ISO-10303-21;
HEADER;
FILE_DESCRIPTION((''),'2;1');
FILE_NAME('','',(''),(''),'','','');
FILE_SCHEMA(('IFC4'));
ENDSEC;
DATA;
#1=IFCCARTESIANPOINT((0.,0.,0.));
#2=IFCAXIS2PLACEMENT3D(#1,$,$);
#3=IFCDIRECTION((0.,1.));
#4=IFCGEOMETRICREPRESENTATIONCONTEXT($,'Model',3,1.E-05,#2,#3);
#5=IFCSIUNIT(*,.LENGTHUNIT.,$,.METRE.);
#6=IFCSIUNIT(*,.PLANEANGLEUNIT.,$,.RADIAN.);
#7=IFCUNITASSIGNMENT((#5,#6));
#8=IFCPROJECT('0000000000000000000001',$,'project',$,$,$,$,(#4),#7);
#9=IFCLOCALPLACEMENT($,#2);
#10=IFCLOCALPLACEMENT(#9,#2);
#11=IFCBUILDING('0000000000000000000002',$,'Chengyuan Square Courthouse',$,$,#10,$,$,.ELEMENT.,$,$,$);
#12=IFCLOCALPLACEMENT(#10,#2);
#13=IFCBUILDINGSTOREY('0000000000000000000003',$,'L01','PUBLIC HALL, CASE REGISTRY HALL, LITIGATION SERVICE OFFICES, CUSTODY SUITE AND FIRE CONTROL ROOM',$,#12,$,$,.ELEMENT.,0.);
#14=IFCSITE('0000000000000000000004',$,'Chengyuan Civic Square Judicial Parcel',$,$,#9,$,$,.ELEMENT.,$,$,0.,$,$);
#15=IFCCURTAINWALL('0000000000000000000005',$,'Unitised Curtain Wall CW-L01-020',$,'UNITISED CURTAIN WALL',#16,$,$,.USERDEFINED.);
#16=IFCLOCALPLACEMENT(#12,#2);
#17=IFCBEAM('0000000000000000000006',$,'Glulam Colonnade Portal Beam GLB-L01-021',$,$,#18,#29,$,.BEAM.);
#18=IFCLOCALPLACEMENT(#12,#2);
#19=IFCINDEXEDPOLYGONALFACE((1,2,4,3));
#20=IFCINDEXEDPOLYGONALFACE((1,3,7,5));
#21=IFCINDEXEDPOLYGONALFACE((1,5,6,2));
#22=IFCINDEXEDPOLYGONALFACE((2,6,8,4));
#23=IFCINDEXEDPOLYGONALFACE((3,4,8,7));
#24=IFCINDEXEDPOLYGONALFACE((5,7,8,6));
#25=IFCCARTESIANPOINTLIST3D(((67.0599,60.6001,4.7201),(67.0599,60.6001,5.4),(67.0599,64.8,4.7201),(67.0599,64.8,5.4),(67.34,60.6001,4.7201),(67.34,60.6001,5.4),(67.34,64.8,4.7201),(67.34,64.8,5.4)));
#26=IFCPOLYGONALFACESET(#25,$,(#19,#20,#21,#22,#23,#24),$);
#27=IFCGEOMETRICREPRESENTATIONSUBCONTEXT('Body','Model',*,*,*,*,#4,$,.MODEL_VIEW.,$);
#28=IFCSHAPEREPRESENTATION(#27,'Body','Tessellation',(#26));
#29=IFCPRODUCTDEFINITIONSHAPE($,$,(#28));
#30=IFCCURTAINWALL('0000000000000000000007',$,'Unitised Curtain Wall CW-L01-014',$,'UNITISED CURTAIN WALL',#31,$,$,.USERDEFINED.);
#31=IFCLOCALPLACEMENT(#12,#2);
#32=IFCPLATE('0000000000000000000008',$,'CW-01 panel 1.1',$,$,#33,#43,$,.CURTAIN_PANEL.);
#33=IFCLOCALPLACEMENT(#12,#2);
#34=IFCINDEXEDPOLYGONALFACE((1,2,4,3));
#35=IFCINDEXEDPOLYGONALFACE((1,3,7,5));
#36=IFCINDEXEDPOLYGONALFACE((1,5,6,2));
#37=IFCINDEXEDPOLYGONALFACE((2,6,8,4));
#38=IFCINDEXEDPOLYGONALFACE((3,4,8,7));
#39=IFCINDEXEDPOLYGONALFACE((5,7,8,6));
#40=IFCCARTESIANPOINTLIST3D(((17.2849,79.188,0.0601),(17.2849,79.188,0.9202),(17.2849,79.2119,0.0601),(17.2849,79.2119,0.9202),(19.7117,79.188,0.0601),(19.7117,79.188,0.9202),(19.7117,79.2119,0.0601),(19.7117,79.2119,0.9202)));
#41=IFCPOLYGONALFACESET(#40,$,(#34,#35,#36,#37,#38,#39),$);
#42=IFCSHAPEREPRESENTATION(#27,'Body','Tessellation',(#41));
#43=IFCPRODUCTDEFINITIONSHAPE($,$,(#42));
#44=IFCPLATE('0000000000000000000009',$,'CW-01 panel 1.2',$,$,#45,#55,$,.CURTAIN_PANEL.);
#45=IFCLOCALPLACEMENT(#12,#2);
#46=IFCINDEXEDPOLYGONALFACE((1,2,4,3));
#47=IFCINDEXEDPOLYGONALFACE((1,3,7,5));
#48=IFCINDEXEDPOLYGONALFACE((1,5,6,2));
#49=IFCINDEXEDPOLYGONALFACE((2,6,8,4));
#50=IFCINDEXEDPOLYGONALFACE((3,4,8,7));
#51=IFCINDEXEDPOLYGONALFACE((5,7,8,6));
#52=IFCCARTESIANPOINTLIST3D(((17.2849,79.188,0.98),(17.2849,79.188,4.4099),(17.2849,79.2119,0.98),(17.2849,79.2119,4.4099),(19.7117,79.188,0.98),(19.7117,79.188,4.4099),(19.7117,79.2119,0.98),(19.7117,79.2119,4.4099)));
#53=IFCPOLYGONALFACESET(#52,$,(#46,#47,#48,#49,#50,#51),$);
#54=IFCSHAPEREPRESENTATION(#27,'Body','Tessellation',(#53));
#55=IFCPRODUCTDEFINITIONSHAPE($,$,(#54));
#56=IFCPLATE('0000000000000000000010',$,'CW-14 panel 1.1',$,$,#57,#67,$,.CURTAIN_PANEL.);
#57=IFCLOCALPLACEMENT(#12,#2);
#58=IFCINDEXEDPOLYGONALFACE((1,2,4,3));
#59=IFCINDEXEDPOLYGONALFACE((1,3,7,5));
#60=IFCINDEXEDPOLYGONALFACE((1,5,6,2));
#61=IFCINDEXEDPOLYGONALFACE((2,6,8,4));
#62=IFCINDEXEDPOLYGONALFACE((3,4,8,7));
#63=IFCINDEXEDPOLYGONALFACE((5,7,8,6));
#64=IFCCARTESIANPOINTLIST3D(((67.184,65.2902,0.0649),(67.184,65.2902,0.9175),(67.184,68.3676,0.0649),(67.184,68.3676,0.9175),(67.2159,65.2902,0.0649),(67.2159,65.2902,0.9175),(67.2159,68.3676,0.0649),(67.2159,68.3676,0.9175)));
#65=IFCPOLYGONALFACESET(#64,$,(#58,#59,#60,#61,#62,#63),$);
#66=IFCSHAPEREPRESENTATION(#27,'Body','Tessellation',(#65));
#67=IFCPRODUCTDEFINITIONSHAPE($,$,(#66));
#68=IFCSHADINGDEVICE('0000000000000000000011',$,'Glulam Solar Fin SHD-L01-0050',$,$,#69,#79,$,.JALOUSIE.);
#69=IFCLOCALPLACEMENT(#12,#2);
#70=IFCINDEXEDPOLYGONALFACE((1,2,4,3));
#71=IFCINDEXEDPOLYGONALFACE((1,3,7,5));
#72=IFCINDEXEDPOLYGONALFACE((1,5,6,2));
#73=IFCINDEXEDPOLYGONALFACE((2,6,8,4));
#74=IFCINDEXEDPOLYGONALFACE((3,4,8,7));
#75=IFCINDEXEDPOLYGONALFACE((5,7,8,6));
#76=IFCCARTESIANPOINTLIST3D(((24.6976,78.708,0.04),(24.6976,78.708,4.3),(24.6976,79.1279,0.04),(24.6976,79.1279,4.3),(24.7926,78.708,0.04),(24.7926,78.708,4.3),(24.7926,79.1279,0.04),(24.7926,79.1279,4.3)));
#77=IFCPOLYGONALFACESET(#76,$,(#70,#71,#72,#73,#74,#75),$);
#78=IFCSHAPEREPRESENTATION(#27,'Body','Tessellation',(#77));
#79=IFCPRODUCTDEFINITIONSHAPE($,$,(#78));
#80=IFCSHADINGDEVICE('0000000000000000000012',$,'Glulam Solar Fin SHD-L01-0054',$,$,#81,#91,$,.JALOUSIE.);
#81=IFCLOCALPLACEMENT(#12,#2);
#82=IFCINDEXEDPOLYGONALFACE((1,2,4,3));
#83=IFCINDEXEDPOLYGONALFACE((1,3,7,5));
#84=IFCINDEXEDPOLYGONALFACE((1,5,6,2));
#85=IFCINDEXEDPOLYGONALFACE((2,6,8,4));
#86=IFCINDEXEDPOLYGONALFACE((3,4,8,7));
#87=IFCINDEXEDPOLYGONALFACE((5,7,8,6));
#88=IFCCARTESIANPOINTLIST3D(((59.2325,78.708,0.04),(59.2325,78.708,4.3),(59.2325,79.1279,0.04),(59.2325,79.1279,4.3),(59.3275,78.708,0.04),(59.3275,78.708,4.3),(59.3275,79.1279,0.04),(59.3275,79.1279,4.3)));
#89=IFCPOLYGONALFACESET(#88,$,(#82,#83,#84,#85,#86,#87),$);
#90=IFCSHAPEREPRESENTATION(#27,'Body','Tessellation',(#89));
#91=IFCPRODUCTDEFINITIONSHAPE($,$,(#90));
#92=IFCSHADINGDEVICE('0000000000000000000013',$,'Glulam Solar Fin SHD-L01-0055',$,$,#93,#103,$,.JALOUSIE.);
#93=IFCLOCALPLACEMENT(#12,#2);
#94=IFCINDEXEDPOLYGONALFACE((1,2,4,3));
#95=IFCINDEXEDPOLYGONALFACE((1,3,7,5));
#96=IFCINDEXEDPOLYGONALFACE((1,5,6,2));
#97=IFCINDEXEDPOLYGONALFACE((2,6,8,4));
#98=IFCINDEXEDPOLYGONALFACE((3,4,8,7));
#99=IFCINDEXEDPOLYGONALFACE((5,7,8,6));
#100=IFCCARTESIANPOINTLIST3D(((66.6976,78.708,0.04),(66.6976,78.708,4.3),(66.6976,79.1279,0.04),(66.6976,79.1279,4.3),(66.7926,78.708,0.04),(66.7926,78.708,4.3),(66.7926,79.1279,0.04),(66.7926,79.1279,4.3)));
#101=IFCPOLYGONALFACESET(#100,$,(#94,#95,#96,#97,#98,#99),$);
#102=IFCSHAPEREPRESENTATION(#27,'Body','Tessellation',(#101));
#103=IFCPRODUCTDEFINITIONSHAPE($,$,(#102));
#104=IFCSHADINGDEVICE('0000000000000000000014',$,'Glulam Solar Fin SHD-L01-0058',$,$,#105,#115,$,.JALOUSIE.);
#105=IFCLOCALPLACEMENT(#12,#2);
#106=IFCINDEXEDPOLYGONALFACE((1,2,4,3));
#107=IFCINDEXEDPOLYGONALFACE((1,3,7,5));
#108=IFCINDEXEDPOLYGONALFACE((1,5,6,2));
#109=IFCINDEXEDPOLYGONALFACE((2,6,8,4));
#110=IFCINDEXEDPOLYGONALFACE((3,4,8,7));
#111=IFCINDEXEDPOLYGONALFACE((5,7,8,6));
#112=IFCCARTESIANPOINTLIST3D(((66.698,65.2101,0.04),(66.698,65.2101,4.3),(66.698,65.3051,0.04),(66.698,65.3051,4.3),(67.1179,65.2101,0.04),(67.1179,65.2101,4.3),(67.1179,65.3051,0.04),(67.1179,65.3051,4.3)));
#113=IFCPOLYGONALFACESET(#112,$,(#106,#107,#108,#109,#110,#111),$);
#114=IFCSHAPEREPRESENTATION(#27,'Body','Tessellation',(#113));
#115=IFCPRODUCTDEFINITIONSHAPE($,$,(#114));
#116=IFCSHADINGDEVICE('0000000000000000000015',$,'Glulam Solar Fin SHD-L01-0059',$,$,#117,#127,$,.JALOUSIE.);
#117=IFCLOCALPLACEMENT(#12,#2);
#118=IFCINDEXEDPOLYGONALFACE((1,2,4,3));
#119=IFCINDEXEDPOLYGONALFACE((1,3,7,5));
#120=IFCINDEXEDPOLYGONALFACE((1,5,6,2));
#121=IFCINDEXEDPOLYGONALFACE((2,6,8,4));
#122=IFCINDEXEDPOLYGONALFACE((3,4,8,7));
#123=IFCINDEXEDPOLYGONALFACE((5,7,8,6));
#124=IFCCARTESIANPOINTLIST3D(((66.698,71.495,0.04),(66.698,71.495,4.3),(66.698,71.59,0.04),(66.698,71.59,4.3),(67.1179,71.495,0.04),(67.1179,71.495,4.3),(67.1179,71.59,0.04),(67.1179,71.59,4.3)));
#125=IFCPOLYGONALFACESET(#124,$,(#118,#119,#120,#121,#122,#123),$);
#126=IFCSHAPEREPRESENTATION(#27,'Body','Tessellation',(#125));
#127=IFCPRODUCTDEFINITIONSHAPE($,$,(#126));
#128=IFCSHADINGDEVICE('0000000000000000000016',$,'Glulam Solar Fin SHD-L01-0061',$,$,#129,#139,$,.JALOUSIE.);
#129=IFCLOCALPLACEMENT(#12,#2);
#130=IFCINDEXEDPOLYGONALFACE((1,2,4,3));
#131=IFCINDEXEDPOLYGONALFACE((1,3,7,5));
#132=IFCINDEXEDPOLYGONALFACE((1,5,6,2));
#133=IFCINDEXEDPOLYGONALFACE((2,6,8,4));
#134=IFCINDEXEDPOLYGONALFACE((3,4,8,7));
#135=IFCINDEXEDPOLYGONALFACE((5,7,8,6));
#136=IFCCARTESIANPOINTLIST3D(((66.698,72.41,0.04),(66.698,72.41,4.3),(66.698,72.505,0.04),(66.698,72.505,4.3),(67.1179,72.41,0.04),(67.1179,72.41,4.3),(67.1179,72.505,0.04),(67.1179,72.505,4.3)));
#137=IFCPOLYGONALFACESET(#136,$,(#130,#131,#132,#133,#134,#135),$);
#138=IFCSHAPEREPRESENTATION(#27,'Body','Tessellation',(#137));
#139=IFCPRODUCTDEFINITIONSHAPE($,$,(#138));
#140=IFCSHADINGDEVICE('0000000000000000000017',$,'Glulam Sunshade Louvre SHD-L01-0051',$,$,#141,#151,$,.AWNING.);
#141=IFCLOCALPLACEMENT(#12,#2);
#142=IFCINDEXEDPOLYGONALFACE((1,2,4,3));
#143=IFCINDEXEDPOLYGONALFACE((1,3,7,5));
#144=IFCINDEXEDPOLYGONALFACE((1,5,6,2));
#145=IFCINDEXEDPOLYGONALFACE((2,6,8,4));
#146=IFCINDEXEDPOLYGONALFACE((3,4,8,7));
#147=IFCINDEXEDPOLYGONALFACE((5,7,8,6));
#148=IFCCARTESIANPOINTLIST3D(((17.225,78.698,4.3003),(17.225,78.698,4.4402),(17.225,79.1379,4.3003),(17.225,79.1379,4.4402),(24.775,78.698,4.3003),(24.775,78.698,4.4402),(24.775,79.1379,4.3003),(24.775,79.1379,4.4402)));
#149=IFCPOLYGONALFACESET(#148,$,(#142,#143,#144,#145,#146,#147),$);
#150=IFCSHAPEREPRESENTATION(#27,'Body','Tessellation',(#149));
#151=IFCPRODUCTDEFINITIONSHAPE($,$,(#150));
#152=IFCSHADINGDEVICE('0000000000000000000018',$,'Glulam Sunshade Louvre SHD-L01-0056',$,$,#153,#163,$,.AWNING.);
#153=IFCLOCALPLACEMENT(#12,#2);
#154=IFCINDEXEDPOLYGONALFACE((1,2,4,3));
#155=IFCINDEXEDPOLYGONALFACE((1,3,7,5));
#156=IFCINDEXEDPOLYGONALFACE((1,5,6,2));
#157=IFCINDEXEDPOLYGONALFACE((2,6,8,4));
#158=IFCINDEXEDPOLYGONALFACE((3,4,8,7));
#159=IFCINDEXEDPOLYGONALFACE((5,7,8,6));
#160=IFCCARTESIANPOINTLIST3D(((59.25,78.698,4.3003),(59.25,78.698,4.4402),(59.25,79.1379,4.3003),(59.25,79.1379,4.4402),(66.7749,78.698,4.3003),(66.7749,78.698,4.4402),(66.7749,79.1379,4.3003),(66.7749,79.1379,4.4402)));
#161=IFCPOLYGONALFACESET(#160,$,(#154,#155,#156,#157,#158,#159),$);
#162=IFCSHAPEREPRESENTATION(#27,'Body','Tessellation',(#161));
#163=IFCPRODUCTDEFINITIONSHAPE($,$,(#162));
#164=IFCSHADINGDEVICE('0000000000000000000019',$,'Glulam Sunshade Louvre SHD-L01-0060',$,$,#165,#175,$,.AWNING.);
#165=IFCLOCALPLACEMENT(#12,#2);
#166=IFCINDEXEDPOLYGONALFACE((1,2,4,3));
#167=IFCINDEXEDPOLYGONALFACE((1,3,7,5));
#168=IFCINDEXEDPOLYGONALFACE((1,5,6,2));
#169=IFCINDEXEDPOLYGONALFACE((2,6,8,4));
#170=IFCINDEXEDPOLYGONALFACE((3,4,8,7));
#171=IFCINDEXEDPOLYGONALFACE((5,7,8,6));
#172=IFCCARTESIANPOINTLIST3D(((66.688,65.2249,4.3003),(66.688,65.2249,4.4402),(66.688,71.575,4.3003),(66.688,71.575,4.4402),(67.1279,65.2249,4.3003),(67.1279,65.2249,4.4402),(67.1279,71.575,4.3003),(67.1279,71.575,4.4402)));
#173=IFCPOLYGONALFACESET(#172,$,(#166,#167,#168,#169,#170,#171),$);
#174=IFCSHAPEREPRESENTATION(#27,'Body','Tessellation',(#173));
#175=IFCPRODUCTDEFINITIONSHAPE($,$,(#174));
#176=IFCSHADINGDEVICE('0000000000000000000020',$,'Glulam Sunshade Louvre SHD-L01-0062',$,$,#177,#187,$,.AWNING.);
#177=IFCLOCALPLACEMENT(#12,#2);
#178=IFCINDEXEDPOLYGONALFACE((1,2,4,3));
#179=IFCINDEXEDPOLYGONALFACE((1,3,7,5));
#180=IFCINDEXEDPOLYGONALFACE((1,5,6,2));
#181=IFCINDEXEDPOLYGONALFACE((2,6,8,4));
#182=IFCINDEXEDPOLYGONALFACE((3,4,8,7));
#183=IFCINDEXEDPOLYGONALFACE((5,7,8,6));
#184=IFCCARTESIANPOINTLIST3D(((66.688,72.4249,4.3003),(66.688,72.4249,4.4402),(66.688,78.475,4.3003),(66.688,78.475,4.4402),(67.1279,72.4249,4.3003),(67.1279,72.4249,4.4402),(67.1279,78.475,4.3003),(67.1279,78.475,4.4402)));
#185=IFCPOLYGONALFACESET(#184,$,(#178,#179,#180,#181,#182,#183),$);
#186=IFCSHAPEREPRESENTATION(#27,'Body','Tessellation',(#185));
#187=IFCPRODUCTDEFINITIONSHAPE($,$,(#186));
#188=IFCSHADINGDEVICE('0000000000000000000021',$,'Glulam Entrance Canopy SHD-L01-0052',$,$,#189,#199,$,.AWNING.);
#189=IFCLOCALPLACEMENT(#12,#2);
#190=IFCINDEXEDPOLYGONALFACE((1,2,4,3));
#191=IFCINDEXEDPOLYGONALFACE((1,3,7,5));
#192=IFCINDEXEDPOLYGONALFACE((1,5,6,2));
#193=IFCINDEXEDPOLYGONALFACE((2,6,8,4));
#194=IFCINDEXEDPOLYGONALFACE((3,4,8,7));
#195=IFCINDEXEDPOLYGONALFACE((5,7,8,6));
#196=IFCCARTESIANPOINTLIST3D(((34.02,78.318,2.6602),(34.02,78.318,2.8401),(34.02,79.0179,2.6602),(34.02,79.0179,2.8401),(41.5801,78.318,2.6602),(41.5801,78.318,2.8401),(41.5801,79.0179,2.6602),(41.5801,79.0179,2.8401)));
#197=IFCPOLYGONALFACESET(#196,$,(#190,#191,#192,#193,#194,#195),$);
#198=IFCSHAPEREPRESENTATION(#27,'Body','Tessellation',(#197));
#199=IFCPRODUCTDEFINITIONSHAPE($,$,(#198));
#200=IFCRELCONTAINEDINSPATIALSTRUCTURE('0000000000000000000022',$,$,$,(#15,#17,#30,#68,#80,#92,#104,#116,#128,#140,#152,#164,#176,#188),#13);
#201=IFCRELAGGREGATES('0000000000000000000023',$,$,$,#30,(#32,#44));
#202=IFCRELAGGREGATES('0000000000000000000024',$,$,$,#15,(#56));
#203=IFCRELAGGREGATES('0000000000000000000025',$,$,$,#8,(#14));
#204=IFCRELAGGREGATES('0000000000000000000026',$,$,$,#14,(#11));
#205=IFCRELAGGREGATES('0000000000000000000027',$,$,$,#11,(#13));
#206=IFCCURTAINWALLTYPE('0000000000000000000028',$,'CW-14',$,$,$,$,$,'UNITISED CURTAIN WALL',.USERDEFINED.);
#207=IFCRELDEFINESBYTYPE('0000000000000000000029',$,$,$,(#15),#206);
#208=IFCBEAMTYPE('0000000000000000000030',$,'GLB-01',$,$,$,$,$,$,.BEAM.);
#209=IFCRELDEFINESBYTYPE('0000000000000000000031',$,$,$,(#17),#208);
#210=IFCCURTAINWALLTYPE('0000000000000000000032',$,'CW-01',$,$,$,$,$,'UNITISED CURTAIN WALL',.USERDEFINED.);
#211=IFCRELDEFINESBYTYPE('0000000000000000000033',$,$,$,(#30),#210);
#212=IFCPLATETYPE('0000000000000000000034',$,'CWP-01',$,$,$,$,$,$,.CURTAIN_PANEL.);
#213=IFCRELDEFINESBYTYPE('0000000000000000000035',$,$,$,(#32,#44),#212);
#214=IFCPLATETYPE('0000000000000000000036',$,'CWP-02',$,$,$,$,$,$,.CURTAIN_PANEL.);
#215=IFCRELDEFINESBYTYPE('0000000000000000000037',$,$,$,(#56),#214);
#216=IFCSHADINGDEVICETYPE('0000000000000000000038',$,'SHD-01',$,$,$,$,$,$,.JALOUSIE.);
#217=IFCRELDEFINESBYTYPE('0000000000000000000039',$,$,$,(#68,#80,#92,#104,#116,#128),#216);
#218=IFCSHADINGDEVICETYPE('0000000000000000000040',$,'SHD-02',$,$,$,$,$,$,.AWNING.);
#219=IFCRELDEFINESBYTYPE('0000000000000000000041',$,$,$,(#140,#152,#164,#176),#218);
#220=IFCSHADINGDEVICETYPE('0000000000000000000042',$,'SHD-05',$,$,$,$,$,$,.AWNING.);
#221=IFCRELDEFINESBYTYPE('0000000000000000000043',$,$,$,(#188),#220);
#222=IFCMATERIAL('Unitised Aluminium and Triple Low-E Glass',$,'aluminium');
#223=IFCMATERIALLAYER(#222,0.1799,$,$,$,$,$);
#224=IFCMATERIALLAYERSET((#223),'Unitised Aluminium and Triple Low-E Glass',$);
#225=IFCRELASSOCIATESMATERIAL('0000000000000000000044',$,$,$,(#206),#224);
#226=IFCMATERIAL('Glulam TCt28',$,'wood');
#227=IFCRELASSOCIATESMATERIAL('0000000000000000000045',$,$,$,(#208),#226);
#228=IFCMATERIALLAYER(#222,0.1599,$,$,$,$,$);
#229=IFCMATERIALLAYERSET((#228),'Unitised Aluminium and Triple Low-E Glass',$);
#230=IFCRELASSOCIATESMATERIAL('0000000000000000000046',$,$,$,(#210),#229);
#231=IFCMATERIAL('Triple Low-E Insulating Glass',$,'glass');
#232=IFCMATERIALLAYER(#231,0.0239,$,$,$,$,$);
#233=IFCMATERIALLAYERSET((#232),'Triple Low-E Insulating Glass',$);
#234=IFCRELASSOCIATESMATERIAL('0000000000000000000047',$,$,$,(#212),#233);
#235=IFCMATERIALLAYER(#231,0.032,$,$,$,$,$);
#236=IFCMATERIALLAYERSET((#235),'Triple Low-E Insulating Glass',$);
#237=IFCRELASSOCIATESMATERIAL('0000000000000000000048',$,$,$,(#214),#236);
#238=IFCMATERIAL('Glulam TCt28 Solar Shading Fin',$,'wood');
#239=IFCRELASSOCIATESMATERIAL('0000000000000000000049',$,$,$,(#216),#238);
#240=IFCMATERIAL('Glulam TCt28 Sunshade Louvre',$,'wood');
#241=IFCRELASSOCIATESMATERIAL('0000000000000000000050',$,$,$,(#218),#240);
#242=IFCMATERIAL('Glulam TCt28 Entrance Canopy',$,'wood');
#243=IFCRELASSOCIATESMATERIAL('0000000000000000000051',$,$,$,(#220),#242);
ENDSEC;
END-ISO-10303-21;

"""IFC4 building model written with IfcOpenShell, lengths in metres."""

from ifc_helpers import new_model, si_unit, direction, frame, origin, origin_2d, place, context, subcontext, project, spatial, rectangle, extrude, material, layer, layer_set, material_profile, profile_set, type_object, element, aggregate, save


model = new_model("IFC4")

# Units and contexts
model_context = context("Model", 3, precision=1e-05, world=origin(), true_north=direction((0.0, 1.0)))
body_context = subcontext(model_context, "Body", "Model", "MODEL_VIEW")
ifc_project = project(units=[si_unit("LENGTHUNIT", "METRE"), si_unit("PLANEANGLEUNIT", "RADIAN")], contexts=[model_context])

# Site, building, storey
site_placement = place(None, origin())
site = spatial("IfcSite", under=ifc_project, at=site_placement, Name="Chengyuan Civic Square Judicial Parcel", CompositionType="ELEMENT", RefElevation=0.0)
building_placement = place(site_placement, origin())
building = spatial("IfcBuilding", under=site, at=building_placement, Name="Chengyuan Square Courthouse", CompositionType="ELEMENT")
storey_placement = place(building_placement, origin())
storey = spatial("IfcBuildingStorey", under=building, at=storey_placement, Name="L01", Description="PUBLIC HALL, CASE REGISTRY HALL, LITIGATION SERVICE OFFICES, CUSTODY SUITE AND FIRE CONTROL ROOM", CompositionType="ELEMENT", Elevation=0.0)

# Shared definitions
ifc_material_1 = material(Name="Glulam TCt28", Category="wood")

# Curtain wall
ifc_material_2 = material(Name="Unitised Aluminium and Triple Low-E Glass", Category="aluminium")
ifc_layer_1 = layer(ifc_material_2, 0.1799)
ifc_layer_set_1 = layer_set([ifc_layer_1], Name="Unitised Aluminium and Triple Low-E Glass")
curtain_wall_type_1 = type_object("IfcCurtainWallType", Name="CW-14", ElementType="UNITISED CURTAIN WALL", PredefinedType="USERDEFINED", material=ifc_layer_set_1)
curtain_wall_1_placement = place(storey_placement, origin())
curtain_wall_1 = element("IfcCurtainWall", 1, at=curtain_wall_1_placement, inside=storey, type_object=curtain_wall_type_1, Name="Unitised Curtain Wall CW-L01-020", ObjectType="UNITISED CURTAIN WALL", PredefinedType="USERDEFINED")

# Beam
ifc_material_profile_1 = material_profile(ifc_material_1, rectangle(XDim=0.28, YDim=0.6799, at=origin_2d()), Name="GL-BM-280x680")
ifc_profile_set_1 = profile_set([ifc_material_profile_1], Name="Glulam TCt28")
beam_type_1 = type_object("IfcBeamType", Name="GLB-01", PredefinedType="BEAM", material=ifc_profile_set_1)
beam_1_placement = place(storey_placement, frame((67.2, 64.8, 5.0601), z_axis=(0.0, -1.0, 0.0), x_axis=(1.0, 0.0, 0.0)))
element("IfcBeam", 2, at=beam_1_placement, inside=storey, type_object=beam_type_1, Name="Glulam Colonnade Portal Beam GLB-L01-021", PredefinedType="BEAM", context=body_context, shape_type="SweptSolid", body=[
    extrude(rectangle(XDim=0.28, YDim=0.6799, at=origin_2d()), origin(), (0.0, 0.0, 1.0), 4.2),
])

# Curtain wall, plates
ifc_layer_2 = layer(ifc_material_2, 0.1599)
ifc_layer_set_2 = layer_set([ifc_layer_2], Name="Unitised Aluminium and Triple Low-E Glass")
curtain_wall_type_2 = type_object("IfcCurtainWallType", Name="CW-01", ElementType="UNITISED CURTAIN WALL", PredefinedType="USERDEFINED", material=ifc_layer_set_2)
curtain_wall_2_placement = place(storey_placement, origin())
curtain_wall_2 = element("IfcCurtainWall", 3, at=curtain_wall_2_placement, inside=storey, type_object=curtain_wall_type_2, Name="Unitised Curtain Wall CW-L01-014", ObjectType="UNITISED CURTAIN WALL", PredefinedType="USERDEFINED")
ifc_material_3 = material(Name="Triple Low-E Insulating Glass", Category="glass")
ifc_layer_3 = layer(ifc_material_3, 0.0239)
ifc_layer_set_3 = layer_set([ifc_layer_3], Name="Triple Low-E Insulating Glass")
plate_type_1 = type_object("IfcPlateType", Name="CWP-01", PredefinedType="CURTAIN_PANEL", material=ifc_layer_set_3)
plate_1_placement = place(storey_placement, frame((18.4983, 79.2, 0.0601), z_axis=(0.0, 0.0, 1.0), x_axis=(1.0, 0.0, 0.0)))
plate_1 = element("IfcPlate", 4, at=plate_1_placement, type_object=plate_type_1, Name="CW-01 panel 1.1", PredefinedType="CURTAIN_PANEL", context=body_context, shape_type="SweptSolid", body=[
    extrude(rectangle(XDim=2.4268, YDim=0.0239, at=origin_2d()), origin(), (0.0, 0.0, 1.0), 0.8601),
])
plate_2_placement = place(storey_placement, frame((18.4983, 79.2, 0.98), z_axis=(0.0, 0.0, 1.0), x_axis=(1.0, 0.0, 0.0)))
plate_2 = element("IfcPlate", 5, at=plate_2_placement, type_object=plate_type_1, Name="CW-01 panel 1.2", PredefinedType="CURTAIN_PANEL", context=body_context, shape_type="SweptSolid", body=[
    extrude(rectangle(XDim=2.4268, YDim=0.0239, at=origin_2d()), origin(), (0.0, 0.0, 1.0), 3.4299),
])
aggregate(curtain_wall_2, [plate_1, plate_2])

# Plate
ifc_layer_4 = layer(ifc_material_3, 0.032)
ifc_layer_set_4 = layer_set([ifc_layer_4], Name="Triple Low-E Insulating Glass")
plate_type_2 = type_object("IfcPlateType", Name="CWP-02", PredefinedType="CURTAIN_PANEL", material=ifc_layer_set_4)
plate_3_placement = place(storey_placement, frame((67.2, 66.8289, 0.0649), z_axis=(0.0, 0.0, 1.0), x_axis=(0.0, 1.0, 0.0)))
plate_3 = element("IfcPlate", 6, at=plate_3_placement, type_object=plate_type_2, Name="CW-14 panel 1.1", PredefinedType="CURTAIN_PANEL", context=body_context, shape_type="SweptSolid", body=[
    extrude(rectangle(XDim=3.0774, YDim=0.032, at=origin_2d()), origin(), (0.0, 0.0, 1.0), 0.8525),
])
aggregate(curtain_wall_1, [plate_3])

# Shading devices
ifc_material_4 = material(Name="Glulam TCt28 Solar Shading Fin", Category="wood")
shading_device_type_1 = type_object("IfcShadingDeviceType", Name="SHD-01", PredefinedType="JALOUSIE", material=ifc_material_4)
for number, where, z_axis, x_axis, name in (
    (7, (24.7451, 78.918, 0.04), (0.0, 0.0, 1.0), (0.0, 1.0, 0.0), "Glulam Solar Fin SHD-L01-0050"),
    (8, (59.28, 78.918, 0.04), (0.0, 0.0, 1.0), (0.0, 1.0, 0.0), "Glulam Solar Fin SHD-L01-0054"),
    (9, (66.7451, 78.918, 0.04), (0.0, 0.0, 1.0), (0.0, 1.0, 0.0), "Glulam Solar Fin SHD-L01-0055"),
    (10, (66.908, 65.2576, 0.04), (0.0, 0.0, 1.0), (1.0, 0.0, 0.0), "Glulam Solar Fin SHD-L01-0058"),
    (11, (66.908, 71.5425, 0.04), (0.0, 0.0, 1.0), (1.0, 0.0, 0.0), "Glulam Solar Fin SHD-L01-0059"),
    (12, (66.908, 72.4575, 0.04), (0.0, 0.0, 1.0), (1.0, 0.0, 0.0), "Glulam Solar Fin SHD-L01-0061"),
):
    element("IfcShadingDevice", number, at=place(storey_placement, frame(where, z_axis=z_axis, x_axis=x_axis)), inside=storey, type_object=shading_device_type_1, Name=name, PredefinedType="JALOUSIE", context=body_context, shape_type="SweptSolid", body=[
        extrude(rectangle(XDim=0.4199, YDim=0.095, at=origin_2d()), origin(), (0.0, 0.0, 1.0), 4.26),
    ])
ifc_material_5 = material(Name="Glulam TCt28 Sunshade Louvre", Category="wood")
shading_device_type_2 = type_object("IfcShadingDeviceType", Name="SHD-02", PredefinedType="AWNING", material=ifc_material_5)
shading_device_1_placement = place(storey_placement, frame((21.0, 78.918, 4.3003), z_axis=(0.0, 0.0, 1.0), x_axis=(1.0, 0.0, 0.0)))
element("IfcShadingDevice", 13, at=shading_device_1_placement, inside=storey, type_object=shading_device_type_2, Name="Glulam Sunshade Louvre SHD-L01-0051", PredefinedType="AWNING", context=body_context, shape_type="SweptSolid", body=[
    extrude(rectangle(XDim=7.55, YDim=0.4399, at=origin_2d()), origin(), (0.0, 0.0, 1.0), 0.1399),
])
shading_device_2_placement = place(storey_placement, frame((63.0125, 78.918, 4.3003), z_axis=(0.0, 0.0, 1.0), x_axis=(1.0, 0.0, 0.0)))
element("IfcShadingDevice", 14, at=shading_device_2_placement, inside=storey, type_object=shading_device_type_2, Name="Glulam Sunshade Louvre SHD-L01-0056", PredefinedType="AWNING", context=body_context, shape_type="SweptSolid", body=[
    extrude(rectangle(XDim=7.5249, YDim=0.4399, at=origin_2d()), origin(), (0.0, 0.0, 1.0), 0.1399),
])
shading_device_3_placement = place(storey_placement, frame((66.908, 68.3999, 4.3003), z_axis=(0.0, 0.0, 1.0), x_axis=(0.0, 1.0, 0.0)))
element("IfcShadingDevice", 15, at=shading_device_3_placement, inside=storey, type_object=shading_device_type_2, Name="Glulam Sunshade Louvre SHD-L01-0060", PredefinedType="AWNING", context=body_context, shape_type="SweptSolid", body=[
    extrude(rectangle(XDim=6.3501, YDim=0.4399, at=origin_2d()), origin(), (0.0, 0.0, 1.0), 0.1399),
])
shading_device_4_placement = place(storey_placement, frame((66.908, 75.45, 4.3003), z_axis=(0.0, 0.0, 1.0), x_axis=(0.0, 1.0, 0.0)))
element("IfcShadingDevice", 16, at=shading_device_4_placement, inside=storey, type_object=shading_device_type_2, Name="Glulam Sunshade Louvre SHD-L01-0062", PredefinedType="AWNING", context=body_context, shape_type="SweptSolid", body=[
    extrude(rectangle(XDim=6.05, YDim=0.4399, at=origin_2d()), origin(), (0.0, 0.0, 1.0), 0.1399),
])
ifc_material_6 = material(Name="Glulam TCt28 Entrance Canopy", Category="wood")
shading_device_type_3 = type_object("IfcShadingDeviceType", Name="SHD-05", PredefinedType="AWNING", material=ifc_material_6)
shading_device_5_placement = place(storey_placement, frame((37.8, 78.668, 2.6602), z_axis=(0.0, 0.0, 1.0), x_axis=(1.0, 0.0, 0.0)))
element("IfcShadingDevice", 17, at=shading_device_5_placement, inside=storey, type_object=shading_device_type_3, Name="Glulam Entrance Canopy SHD-L01-0052", PredefinedType="AWNING", context=body_context, shape_type="SweptSolid", body=[
    extrude(rectangle(XDim=7.5601, YDim=0.7, at=origin_2d()), origin(), (0.0, 0.0, 1.0), 0.1799),
])

save(model, "model.ifc")
